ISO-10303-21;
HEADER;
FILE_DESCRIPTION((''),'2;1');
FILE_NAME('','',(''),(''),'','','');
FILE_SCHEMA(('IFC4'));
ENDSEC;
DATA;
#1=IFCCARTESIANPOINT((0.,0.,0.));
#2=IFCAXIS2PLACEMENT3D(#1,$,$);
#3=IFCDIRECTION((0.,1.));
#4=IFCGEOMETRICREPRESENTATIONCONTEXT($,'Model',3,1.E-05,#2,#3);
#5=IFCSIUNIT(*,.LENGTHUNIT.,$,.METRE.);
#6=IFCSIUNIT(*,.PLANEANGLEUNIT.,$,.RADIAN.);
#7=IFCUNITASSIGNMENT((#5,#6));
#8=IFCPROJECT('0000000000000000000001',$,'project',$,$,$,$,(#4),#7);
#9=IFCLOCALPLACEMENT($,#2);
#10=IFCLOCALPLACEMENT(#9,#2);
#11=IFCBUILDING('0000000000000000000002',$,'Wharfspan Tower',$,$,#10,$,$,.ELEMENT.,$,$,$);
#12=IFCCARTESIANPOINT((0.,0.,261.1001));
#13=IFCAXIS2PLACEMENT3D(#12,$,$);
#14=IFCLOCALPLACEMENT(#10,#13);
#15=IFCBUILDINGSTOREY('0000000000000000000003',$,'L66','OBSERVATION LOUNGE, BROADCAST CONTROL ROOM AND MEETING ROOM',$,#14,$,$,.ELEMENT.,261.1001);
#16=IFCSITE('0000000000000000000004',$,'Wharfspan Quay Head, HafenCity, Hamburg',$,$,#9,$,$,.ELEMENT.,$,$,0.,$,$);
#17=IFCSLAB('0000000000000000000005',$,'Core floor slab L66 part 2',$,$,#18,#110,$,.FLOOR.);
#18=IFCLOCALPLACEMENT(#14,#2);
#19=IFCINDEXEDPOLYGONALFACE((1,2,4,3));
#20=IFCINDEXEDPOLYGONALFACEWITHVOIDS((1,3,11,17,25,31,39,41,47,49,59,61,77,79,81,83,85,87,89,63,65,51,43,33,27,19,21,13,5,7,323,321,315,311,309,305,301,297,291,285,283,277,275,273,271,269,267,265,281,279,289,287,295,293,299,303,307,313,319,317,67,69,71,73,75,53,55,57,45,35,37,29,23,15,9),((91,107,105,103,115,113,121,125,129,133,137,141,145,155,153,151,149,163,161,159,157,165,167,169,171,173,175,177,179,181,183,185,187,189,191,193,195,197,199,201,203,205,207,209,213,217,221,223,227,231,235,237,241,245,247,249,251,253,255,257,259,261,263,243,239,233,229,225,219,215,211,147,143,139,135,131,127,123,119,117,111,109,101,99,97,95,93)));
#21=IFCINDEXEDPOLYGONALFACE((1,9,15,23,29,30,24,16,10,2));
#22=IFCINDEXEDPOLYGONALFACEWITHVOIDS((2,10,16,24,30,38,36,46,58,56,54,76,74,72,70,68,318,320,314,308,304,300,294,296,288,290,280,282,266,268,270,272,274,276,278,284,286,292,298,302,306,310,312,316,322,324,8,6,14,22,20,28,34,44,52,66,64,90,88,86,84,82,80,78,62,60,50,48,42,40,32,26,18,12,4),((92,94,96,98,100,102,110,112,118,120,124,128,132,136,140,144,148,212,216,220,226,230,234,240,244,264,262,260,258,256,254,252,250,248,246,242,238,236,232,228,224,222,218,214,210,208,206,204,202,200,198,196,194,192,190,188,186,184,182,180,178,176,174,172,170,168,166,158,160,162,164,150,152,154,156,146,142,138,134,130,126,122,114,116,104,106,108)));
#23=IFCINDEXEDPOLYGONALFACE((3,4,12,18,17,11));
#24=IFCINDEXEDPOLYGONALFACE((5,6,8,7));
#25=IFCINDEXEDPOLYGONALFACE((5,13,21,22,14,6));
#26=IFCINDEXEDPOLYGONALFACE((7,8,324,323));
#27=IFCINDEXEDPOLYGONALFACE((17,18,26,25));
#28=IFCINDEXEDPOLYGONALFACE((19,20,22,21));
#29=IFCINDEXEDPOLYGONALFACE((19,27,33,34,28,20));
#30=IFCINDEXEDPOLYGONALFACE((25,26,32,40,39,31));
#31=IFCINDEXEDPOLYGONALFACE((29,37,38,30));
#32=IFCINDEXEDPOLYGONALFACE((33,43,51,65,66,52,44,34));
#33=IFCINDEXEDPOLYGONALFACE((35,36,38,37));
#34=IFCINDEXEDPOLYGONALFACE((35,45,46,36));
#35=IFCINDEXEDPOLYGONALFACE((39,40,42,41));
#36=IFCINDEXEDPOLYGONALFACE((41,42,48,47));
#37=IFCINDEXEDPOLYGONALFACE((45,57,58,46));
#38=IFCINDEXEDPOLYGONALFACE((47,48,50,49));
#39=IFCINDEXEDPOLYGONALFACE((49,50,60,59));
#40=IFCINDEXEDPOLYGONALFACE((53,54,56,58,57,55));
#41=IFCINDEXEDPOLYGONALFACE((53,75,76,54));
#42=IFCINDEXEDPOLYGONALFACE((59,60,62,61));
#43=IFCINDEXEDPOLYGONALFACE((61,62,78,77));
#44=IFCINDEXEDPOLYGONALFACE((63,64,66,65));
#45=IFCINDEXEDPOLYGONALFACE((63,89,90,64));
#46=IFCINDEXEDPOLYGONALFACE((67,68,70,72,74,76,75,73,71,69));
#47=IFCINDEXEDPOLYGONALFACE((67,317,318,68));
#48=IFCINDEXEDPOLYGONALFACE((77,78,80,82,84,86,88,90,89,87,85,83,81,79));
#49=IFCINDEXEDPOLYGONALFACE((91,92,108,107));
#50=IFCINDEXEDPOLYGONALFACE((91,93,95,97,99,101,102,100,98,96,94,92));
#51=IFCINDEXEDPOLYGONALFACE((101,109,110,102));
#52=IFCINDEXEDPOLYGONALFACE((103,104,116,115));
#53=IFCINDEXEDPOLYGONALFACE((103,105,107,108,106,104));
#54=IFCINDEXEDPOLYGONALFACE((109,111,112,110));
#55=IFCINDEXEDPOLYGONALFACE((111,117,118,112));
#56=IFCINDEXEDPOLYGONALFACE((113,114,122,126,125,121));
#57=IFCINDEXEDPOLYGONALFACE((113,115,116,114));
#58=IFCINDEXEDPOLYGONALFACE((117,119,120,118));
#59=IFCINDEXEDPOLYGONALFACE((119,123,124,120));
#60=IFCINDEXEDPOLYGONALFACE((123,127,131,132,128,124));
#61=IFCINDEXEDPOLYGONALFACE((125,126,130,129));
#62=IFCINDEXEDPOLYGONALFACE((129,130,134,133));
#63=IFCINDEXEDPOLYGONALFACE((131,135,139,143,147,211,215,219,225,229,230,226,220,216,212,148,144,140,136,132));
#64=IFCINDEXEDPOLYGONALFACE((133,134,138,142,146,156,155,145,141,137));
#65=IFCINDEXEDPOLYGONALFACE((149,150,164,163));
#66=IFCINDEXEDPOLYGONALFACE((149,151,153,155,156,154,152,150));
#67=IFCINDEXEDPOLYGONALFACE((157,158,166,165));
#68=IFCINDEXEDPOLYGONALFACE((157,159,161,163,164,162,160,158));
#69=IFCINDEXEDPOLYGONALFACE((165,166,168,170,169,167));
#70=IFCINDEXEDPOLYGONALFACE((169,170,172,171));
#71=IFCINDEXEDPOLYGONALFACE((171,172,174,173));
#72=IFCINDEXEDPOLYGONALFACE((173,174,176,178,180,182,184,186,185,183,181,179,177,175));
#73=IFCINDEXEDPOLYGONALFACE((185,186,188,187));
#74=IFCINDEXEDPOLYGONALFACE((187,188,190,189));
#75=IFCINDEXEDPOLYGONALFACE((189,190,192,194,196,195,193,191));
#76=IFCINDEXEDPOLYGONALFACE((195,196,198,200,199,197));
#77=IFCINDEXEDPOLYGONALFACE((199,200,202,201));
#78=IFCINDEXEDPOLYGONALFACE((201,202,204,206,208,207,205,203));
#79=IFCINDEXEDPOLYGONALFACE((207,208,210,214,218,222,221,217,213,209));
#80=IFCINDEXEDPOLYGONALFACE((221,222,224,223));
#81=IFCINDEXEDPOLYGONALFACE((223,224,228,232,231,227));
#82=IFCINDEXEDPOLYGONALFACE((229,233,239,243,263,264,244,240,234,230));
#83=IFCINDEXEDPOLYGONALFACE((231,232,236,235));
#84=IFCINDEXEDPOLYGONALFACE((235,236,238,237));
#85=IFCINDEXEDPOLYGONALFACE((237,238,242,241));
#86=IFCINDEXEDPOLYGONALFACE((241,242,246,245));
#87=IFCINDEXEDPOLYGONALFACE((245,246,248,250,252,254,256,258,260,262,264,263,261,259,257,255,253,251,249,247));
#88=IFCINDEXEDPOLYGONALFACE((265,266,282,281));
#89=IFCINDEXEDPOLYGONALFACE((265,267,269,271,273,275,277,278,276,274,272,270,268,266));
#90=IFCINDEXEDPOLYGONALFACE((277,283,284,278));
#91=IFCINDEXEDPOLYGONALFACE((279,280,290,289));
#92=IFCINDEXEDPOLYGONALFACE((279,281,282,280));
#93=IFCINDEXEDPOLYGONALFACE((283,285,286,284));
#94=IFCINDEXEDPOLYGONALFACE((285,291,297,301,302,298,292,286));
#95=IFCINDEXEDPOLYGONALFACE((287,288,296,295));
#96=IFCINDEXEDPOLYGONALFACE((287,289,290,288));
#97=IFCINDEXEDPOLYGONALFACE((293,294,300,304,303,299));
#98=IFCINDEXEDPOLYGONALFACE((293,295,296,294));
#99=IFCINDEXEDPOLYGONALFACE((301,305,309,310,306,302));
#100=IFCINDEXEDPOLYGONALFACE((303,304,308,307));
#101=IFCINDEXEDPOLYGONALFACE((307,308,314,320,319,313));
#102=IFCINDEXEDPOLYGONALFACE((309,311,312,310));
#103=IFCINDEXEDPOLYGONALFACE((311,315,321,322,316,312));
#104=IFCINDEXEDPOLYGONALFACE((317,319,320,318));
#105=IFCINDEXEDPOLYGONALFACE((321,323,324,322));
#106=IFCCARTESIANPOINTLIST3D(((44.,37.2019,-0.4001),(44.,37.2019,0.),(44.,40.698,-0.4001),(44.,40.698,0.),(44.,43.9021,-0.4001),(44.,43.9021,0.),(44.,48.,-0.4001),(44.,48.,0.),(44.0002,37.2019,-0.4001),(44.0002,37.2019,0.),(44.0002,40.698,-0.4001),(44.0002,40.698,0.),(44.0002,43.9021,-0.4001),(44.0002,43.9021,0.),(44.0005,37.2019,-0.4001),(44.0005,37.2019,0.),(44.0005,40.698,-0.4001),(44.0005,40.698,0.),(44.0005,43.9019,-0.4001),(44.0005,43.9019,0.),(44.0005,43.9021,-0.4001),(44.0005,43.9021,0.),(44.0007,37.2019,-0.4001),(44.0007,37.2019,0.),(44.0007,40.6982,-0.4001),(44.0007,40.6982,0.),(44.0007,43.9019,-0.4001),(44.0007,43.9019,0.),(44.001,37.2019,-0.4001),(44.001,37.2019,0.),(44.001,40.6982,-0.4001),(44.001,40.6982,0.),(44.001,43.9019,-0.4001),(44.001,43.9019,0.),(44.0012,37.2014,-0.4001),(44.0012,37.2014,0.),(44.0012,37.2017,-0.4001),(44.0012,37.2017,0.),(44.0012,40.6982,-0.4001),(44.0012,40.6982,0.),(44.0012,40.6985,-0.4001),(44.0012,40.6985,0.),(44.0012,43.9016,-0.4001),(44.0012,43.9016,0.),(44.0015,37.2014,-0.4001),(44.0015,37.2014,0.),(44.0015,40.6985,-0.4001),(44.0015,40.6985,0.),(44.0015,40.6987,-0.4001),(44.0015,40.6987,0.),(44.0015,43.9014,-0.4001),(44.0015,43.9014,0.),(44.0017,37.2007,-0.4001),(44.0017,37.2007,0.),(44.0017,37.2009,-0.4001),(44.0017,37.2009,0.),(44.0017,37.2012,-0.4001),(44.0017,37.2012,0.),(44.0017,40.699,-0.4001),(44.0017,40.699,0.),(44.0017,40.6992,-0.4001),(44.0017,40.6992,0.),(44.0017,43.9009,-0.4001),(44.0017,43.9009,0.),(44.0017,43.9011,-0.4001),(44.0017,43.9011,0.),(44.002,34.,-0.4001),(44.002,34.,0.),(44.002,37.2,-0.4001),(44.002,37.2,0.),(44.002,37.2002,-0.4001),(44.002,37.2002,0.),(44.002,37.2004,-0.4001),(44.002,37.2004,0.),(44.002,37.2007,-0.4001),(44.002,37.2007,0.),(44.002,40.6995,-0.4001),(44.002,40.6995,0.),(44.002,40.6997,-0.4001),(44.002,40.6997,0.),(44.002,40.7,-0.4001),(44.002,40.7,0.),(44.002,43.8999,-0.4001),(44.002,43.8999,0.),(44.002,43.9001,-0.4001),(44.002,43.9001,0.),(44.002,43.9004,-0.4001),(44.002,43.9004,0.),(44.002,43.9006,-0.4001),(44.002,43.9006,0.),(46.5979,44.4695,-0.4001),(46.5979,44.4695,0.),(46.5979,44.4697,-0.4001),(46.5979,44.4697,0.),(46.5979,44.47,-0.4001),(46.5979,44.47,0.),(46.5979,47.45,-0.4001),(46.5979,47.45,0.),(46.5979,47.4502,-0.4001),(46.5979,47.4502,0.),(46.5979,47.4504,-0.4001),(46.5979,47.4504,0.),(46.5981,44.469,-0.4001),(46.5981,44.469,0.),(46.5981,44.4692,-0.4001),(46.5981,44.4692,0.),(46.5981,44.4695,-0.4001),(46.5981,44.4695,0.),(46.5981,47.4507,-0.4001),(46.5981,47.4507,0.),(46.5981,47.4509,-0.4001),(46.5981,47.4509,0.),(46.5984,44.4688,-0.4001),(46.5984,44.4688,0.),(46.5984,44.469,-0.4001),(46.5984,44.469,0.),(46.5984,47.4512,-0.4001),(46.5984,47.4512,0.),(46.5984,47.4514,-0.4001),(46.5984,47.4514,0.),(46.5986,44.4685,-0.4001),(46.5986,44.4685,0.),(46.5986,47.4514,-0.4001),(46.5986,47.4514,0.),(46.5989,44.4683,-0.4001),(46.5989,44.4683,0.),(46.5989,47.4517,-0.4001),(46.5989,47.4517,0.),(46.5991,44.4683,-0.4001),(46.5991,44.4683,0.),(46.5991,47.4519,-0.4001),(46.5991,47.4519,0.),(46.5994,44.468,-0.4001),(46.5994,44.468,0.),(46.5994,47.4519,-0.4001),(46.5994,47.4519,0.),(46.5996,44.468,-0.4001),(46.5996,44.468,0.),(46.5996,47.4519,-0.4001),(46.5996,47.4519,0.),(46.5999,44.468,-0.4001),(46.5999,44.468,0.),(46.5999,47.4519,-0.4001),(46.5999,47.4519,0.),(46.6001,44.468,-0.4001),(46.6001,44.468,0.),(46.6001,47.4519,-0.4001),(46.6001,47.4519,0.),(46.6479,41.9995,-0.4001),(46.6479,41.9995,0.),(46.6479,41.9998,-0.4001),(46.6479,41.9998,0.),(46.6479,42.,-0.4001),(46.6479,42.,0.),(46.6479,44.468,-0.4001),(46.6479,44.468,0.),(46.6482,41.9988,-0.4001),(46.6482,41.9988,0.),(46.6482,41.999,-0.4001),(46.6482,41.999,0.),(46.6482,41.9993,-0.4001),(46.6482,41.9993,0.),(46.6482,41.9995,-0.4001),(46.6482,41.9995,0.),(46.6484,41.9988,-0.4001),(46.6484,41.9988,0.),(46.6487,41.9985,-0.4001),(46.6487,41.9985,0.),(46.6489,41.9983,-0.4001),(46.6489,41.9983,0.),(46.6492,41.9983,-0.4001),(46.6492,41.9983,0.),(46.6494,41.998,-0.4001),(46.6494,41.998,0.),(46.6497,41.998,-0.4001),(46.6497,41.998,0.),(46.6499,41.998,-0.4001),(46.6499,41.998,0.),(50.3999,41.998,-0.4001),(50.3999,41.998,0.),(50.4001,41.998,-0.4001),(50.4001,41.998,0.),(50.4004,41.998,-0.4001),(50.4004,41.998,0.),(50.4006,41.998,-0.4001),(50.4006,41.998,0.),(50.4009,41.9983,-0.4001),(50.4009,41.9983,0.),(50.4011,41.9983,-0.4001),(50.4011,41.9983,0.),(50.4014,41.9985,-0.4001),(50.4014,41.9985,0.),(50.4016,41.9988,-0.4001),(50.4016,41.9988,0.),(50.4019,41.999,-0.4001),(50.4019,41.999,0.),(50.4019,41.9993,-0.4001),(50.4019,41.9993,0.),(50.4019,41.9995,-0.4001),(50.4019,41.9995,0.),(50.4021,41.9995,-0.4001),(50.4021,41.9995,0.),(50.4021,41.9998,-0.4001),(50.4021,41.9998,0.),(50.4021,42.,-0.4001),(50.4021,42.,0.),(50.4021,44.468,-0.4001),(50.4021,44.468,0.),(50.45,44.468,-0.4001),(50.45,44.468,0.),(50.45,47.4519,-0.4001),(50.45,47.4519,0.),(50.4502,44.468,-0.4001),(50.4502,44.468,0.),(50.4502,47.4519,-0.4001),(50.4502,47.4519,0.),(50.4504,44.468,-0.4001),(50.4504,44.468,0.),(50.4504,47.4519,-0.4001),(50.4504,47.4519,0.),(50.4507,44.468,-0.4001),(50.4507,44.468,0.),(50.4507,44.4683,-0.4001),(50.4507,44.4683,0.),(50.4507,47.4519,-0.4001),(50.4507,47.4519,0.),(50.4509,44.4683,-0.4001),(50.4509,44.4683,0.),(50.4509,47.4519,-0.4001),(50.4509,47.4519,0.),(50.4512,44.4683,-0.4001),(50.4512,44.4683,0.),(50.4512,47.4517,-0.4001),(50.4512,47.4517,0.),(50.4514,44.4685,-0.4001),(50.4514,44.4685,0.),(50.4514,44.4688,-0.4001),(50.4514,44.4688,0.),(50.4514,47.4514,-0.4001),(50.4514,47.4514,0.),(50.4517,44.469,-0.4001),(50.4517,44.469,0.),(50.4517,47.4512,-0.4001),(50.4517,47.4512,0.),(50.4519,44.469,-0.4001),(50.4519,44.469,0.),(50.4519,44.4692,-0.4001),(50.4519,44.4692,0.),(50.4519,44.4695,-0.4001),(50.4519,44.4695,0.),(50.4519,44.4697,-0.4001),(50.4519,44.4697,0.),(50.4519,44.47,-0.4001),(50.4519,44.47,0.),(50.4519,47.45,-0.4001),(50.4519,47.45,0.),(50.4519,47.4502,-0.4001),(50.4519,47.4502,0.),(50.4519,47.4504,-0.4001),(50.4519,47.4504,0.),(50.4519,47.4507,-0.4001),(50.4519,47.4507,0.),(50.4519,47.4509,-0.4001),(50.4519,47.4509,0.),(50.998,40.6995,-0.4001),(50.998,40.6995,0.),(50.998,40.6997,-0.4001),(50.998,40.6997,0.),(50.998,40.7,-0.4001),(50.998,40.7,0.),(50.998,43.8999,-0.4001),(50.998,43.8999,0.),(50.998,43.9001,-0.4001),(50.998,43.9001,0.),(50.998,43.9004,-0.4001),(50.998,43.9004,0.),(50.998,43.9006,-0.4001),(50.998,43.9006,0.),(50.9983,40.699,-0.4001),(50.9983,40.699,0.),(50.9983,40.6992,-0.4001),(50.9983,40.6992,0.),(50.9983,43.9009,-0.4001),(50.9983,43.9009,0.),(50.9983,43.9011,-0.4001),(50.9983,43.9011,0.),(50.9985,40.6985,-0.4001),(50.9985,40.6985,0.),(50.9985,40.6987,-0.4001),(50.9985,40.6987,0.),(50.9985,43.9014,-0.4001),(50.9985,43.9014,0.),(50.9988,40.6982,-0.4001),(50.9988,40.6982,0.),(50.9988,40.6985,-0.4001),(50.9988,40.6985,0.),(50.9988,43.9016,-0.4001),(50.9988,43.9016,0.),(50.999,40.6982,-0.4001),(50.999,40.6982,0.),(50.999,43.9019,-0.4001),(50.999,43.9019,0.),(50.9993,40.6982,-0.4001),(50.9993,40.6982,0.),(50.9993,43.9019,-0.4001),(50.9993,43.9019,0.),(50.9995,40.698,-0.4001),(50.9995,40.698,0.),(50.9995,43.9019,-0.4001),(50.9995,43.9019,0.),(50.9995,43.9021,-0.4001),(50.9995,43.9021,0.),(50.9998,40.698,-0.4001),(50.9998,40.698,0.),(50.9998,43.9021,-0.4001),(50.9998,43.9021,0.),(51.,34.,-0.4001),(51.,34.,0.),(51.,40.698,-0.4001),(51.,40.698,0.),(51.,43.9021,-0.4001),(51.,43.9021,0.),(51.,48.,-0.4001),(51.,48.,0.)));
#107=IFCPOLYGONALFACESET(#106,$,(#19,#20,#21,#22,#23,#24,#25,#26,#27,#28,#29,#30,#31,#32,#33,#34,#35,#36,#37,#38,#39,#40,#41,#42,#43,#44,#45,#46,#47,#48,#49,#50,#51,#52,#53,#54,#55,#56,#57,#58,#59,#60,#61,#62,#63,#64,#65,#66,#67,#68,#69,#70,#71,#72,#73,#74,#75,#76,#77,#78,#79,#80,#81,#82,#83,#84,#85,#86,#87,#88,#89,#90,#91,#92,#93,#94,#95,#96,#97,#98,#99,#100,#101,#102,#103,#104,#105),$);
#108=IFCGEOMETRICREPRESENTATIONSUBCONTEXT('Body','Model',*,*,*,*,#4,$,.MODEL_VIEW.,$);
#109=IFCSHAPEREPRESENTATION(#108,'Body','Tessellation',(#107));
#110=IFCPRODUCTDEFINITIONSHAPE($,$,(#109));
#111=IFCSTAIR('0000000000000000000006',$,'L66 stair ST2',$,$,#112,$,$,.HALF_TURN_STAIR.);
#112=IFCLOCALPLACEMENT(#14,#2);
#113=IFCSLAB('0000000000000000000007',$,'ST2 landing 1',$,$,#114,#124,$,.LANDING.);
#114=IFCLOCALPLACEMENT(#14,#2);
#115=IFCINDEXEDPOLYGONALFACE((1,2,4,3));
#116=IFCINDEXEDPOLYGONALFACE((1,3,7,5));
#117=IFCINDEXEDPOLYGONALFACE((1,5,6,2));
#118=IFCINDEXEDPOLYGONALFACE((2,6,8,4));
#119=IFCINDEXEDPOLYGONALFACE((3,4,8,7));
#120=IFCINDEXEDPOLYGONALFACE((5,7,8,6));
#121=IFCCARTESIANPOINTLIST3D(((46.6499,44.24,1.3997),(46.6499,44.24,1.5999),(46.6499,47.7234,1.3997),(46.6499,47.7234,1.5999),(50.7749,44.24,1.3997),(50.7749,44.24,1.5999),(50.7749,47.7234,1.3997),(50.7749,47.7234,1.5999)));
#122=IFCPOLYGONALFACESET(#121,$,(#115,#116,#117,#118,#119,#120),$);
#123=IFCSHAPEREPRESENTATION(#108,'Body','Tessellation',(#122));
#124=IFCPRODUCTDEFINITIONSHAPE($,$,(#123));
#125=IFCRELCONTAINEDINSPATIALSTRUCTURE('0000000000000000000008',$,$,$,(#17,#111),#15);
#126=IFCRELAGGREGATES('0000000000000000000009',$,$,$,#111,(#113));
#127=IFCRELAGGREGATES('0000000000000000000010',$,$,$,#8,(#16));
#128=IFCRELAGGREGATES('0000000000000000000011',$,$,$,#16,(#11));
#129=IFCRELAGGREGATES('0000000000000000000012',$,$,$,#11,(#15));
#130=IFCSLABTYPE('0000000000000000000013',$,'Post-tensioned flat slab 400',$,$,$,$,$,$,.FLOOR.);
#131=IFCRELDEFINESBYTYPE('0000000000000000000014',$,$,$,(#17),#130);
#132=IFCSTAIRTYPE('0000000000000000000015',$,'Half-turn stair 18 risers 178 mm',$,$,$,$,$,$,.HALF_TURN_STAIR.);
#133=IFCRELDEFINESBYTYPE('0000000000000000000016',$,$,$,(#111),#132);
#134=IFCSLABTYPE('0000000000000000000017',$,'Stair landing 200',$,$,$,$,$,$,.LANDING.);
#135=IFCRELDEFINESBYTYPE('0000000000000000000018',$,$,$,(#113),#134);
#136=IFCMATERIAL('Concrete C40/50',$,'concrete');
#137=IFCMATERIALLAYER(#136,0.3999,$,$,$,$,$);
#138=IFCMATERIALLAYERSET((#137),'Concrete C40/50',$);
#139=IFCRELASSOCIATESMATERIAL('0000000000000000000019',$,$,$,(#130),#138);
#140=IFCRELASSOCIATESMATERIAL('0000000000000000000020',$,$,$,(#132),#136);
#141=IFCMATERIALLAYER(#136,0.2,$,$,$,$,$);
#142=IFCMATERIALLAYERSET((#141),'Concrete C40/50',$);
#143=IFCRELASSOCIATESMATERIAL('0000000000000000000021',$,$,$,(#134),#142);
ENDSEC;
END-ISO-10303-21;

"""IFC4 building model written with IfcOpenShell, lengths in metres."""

from ifc_helpers import new_model, si_unit, direction, frame, origin, place, context, subcontext, project, spatial, polyline, outline, extrude, material, layer, layer_set, type_object, element, aggregate, save


model = new_model("IFC4")

# Units and contexts
model_context = context("Model", 3, precision=1e-05, world=origin(), true_north=direction((0.0, 1.0)))
body_context = subcontext(model_context, "Body", "Model", "MODEL_VIEW")
ifc_project = project(units=[si_unit("LENGTHUNIT", "METRE"), si_unit("PLANEANGLEUNIT", "RADIAN")], contexts=[model_context])

# Site, building, storey
site_placement = place(None, origin())
site = spatial("IfcSite", under=ifc_project, at=site_placement, Name="Wharfspan Quay Head, HafenCity, Hamburg", CompositionType="ELEMENT", RefElevation=0.0)
building_placement = place(site_placement, origin())
building = spatial("IfcBuilding", under=site, at=building_placement, Name="Wharfspan Tower", CompositionType="ELEMENT")
storey_placement = place(building_placement, frame((0.0, 0.0, 261.1001)))
storey = spatial("IfcBuildingStorey", under=building, at=storey_placement, Name="L66", Description="OBSERVATION LOUNGE, BROADCAST CONTROL ROOM AND MEETING ROOM", CompositionType="ELEMENT", Elevation=261.1001)

# Slab
ifc_material_1 = material(Name="Concrete C40/50", Category="concrete")
ifc_layer_1 = layer(ifc_material_1, 0.3999)
ifc_layer_set_1 = layer_set([ifc_layer_1], Name="Concrete C40/50")
slab_type_1 = type_object("IfcSlabType", Name="Post-tensioned flat slab 400", PredefinedType="FLOOR", material=ifc_layer_set_1)
slab_1_placement = place(storey_placement, frame((0.0, 0.0, -0.4001)))
element("IfcSlab", 1, at=slab_1_placement, inside=storey, type_object=slab_type_1, Name="Core floor slab L66 part 2", PredefinedType="FLOOR", context=body_context, shape_type="SweptSolid", body=[
    extrude(outline(polyline([(51.0, 48.0), (44.0, 48.0), (44.0, 43.9021), (44.0002, 43.9021), (44.0005, 43.9021), (44.0005, 43.9019), (44.0007, 43.9019), (44.001, 43.9019), (44.0012, 43.9016), (44.0012, 43.9016), (44.0015, 43.9014), (44.0015, 43.9014), (44.0017, 43.9011), (44.0017, 43.9009), (44.0017, 43.9009), (44.002, 43.9006), (44.002, 43.9004), (44.002, 43.9001), (44.002, 43.8999), (44.002, 40.7), (44.002, 40.6997), (44.002, 40.6997), (44.002, 40.6995), (44.0017, 40.6992), (44.0017, 40.6992), (44.0017, 40.699), (44.0015, 40.6987), (44.0015, 40.6985), (44.0012, 40.6985), (44.0012, 40.6982), (44.001, 40.6982), (44.0007, 40.6982), (44.0005, 40.698), (44.0005, 40.698), (44.0002, 40.698), (44.0, 40.698), (44.0, 37.2019), (44.0002, 37.2019), (44.0005, 37.2019), (44.0005, 37.2019), (44.0007, 37.2019), (44.001, 37.2019), (44.0012, 37.2017), (44.0012, 37.2014), (44.0015, 37.2014), (44.0015, 37.2014), (44.0017, 37.2012), (44.0017, 37.2009), (44.0017, 37.2007), (44.002, 37.2007), (44.002, 37.2004), (44.002, 37.2002), (44.002, 37.2), (44.002, 34.0), (51.0, 34.0), (51.0, 40.698), (50.9998, 40.698), (50.9995, 40.698), (50.9995, 40.698), (50.9993, 40.6982), (50.999, 40.6982), (50.9988, 40.6982), (50.9988, 40.6985), (50.9985, 40.6985), (50.9985, 40.6987), (50.9983, 40.699), (50.9983, 40.6992), (50.9983, 40.6992), (50.998, 40.6995), (50.998, 40.6997), (50.998, 40.6997), (50.998, 40.7), (50.998, 43.8999), (50.998, 43.9001), (50.998, 43.9004), (50.998, 43.9006), (50.9983, 43.9009), (50.9983, 43.9009), (50.9983, 43.9011), (50.9985, 43.9014), (50.9985, 43.9014), (50.9988, 43.9016), (50.9988, 43.9016), (50.999, 43.9019), (50.9993, 43.9019), (50.9995, 43.9019), (50.9995, 43.9021), (50.9998, 43.9021), (51.0, 43.9021), (51.0, 48.0)]), holes=[polyline([(46.5979, 47.45), (46.5979, 47.4502), (46.5979, 47.4504), (46.5981, 47.4507), (46.5981, 47.4507), (46.5981, 47.4509), (46.5984, 47.4512), (46.5984, 47.4514), (46.5986, 47.4514), (46.5986, 47.4514), (46.5989, 47.4517), (46.5991, 47.4519), (46.5991, 47.4519), (46.5994, 47.4519), (46.5996, 47.4519), (46.5999, 47.4519), (46.6001, 47.4519), (50.45, 47.4519), (50.4502, 47.4519), (50.4504, 47.4519), (50.4507, 47.4519), (50.4507, 47.4519), (50.4509, 47.4519), (50.4512, 47.4517), (50.4514, 47.4514), (50.4514, 47.4514), (50.4514, 47.4514), (50.4517, 47.4512), (50.4519, 47.4509), (50.4519, 47.4507), (50.4519, 47.4507), (50.4519, 47.4504), (50.4519, 47.4502), (50.4519, 47.45), (50.4519, 44.47), (50.4519, 44.4697), (50.4519, 44.4695), (50.4519, 44.4695), (50.4519, 44.4692), (50.4519, 44.469), (50.4517, 44.469), (50.4514, 44.4688), (50.4514, 44.4685), (50.4514, 44.4685), (50.4512, 44.4683), (50.4509, 44.4683), (50.4507, 44.4683), (50.4507, 44.468), (50.4504, 44.468), (50.4502, 44.468), (50.45, 44.468), (50.4021, 44.468), (50.4021, 42.0), (50.4021, 41.9998), (50.4021, 41.9995), (50.4019, 41.9995), (50.4019, 41.9993), (50.4019, 41.999), (50.4016, 41.9988), (50.4016, 41.9988), (50.4014, 41.9985), (50.4014, 41.9985), (50.4011, 41.9983), (50.4009, 41.9983), (50.4009, 41.9983), (50.4006, 41.998), (50.4004, 41.998), (50.4001, 41.998), (50.3999, 41.998), (46.6499, 41.998), (46.6499, 41.998), (46.6497, 41.998), (46.6494, 41.998), (46.6492, 41.9983), (46.6492, 41.9983), (46.6489, 41.9983), (46.6487, 41.9985), (46.6487, 41.9985), (46.6484, 41.9988), (46.6482, 41.9988), (46.6482, 41.999), (46.6482, 41.9993), (46.6482, 41.9995), (46.6479, 41.9995), (46.6479, 41.9998), (46.6479, 42.0), (46.6479, 44.468), (46.6001, 44.468), (46.5999, 44.468), (46.5996, 44.468), (46.5994, 44.468), (46.5991, 44.4683), (46.5991, 44.4683), (46.5989, 44.4683), (46.5986, 44.4685), (46.5986, 44.4685), (46.5984, 44.4688), (46.5984, 44.469), (46.5981, 44.469), (46.5981, 44.4692), (46.5981, 44.4695), (46.5979, 44.4695), (46.5979, 44.4697), (46.5979, 44.47), (46.5979, 47.45)])]), origin(), (0.0, 0.0, 1.0), 0.4001),
])

# Stair, slab
stair_type = type_object("IfcStairType", Name="Half-turn stair 18 risers 178 mm", PredefinedType="HALF_TURN_STAIR", material=ifc_material_1)
stair_1_placement = place(storey_placement, origin())
stair_1 = element("IfcStair", 2, at=stair_1_placement, inside=storey, type_object=stair_type, Name="L66 stair ST2", PredefinedType="HALF_TURN_STAIR")
ifc_layer_2 = layer(ifc_material_1, 0.2)
ifc_layer_set_2 = layer_set([ifc_layer_2], Name="Concrete C40/50")
slab_type_2 = type_object("IfcSlabType", Name="Stair landing 200", PredefinedType="LANDING", material=ifc_layer_set_2)
slab_2_placement = place(storey_placement, frame((0.0, 0.0, 1.3997)))
slab_2 = element("IfcSlab", 3, at=slab_2_placement, type_object=slab_type_2, Name="ST2 landing 1", PredefinedType="LANDING", context=body_context, shape_type="SweptSolid", body=[
    extrude(outline(polyline([(46.6499, 44.24), (50.7749, 44.24), (50.7749, 47.7234), (46.6499, 47.7234), (46.6499, 44.24)])), origin(), (0.0, 0.0, 1.0), 0.2002),
])
aggregate(stair_1, [slab_2])

save(model, "model.ifc")
